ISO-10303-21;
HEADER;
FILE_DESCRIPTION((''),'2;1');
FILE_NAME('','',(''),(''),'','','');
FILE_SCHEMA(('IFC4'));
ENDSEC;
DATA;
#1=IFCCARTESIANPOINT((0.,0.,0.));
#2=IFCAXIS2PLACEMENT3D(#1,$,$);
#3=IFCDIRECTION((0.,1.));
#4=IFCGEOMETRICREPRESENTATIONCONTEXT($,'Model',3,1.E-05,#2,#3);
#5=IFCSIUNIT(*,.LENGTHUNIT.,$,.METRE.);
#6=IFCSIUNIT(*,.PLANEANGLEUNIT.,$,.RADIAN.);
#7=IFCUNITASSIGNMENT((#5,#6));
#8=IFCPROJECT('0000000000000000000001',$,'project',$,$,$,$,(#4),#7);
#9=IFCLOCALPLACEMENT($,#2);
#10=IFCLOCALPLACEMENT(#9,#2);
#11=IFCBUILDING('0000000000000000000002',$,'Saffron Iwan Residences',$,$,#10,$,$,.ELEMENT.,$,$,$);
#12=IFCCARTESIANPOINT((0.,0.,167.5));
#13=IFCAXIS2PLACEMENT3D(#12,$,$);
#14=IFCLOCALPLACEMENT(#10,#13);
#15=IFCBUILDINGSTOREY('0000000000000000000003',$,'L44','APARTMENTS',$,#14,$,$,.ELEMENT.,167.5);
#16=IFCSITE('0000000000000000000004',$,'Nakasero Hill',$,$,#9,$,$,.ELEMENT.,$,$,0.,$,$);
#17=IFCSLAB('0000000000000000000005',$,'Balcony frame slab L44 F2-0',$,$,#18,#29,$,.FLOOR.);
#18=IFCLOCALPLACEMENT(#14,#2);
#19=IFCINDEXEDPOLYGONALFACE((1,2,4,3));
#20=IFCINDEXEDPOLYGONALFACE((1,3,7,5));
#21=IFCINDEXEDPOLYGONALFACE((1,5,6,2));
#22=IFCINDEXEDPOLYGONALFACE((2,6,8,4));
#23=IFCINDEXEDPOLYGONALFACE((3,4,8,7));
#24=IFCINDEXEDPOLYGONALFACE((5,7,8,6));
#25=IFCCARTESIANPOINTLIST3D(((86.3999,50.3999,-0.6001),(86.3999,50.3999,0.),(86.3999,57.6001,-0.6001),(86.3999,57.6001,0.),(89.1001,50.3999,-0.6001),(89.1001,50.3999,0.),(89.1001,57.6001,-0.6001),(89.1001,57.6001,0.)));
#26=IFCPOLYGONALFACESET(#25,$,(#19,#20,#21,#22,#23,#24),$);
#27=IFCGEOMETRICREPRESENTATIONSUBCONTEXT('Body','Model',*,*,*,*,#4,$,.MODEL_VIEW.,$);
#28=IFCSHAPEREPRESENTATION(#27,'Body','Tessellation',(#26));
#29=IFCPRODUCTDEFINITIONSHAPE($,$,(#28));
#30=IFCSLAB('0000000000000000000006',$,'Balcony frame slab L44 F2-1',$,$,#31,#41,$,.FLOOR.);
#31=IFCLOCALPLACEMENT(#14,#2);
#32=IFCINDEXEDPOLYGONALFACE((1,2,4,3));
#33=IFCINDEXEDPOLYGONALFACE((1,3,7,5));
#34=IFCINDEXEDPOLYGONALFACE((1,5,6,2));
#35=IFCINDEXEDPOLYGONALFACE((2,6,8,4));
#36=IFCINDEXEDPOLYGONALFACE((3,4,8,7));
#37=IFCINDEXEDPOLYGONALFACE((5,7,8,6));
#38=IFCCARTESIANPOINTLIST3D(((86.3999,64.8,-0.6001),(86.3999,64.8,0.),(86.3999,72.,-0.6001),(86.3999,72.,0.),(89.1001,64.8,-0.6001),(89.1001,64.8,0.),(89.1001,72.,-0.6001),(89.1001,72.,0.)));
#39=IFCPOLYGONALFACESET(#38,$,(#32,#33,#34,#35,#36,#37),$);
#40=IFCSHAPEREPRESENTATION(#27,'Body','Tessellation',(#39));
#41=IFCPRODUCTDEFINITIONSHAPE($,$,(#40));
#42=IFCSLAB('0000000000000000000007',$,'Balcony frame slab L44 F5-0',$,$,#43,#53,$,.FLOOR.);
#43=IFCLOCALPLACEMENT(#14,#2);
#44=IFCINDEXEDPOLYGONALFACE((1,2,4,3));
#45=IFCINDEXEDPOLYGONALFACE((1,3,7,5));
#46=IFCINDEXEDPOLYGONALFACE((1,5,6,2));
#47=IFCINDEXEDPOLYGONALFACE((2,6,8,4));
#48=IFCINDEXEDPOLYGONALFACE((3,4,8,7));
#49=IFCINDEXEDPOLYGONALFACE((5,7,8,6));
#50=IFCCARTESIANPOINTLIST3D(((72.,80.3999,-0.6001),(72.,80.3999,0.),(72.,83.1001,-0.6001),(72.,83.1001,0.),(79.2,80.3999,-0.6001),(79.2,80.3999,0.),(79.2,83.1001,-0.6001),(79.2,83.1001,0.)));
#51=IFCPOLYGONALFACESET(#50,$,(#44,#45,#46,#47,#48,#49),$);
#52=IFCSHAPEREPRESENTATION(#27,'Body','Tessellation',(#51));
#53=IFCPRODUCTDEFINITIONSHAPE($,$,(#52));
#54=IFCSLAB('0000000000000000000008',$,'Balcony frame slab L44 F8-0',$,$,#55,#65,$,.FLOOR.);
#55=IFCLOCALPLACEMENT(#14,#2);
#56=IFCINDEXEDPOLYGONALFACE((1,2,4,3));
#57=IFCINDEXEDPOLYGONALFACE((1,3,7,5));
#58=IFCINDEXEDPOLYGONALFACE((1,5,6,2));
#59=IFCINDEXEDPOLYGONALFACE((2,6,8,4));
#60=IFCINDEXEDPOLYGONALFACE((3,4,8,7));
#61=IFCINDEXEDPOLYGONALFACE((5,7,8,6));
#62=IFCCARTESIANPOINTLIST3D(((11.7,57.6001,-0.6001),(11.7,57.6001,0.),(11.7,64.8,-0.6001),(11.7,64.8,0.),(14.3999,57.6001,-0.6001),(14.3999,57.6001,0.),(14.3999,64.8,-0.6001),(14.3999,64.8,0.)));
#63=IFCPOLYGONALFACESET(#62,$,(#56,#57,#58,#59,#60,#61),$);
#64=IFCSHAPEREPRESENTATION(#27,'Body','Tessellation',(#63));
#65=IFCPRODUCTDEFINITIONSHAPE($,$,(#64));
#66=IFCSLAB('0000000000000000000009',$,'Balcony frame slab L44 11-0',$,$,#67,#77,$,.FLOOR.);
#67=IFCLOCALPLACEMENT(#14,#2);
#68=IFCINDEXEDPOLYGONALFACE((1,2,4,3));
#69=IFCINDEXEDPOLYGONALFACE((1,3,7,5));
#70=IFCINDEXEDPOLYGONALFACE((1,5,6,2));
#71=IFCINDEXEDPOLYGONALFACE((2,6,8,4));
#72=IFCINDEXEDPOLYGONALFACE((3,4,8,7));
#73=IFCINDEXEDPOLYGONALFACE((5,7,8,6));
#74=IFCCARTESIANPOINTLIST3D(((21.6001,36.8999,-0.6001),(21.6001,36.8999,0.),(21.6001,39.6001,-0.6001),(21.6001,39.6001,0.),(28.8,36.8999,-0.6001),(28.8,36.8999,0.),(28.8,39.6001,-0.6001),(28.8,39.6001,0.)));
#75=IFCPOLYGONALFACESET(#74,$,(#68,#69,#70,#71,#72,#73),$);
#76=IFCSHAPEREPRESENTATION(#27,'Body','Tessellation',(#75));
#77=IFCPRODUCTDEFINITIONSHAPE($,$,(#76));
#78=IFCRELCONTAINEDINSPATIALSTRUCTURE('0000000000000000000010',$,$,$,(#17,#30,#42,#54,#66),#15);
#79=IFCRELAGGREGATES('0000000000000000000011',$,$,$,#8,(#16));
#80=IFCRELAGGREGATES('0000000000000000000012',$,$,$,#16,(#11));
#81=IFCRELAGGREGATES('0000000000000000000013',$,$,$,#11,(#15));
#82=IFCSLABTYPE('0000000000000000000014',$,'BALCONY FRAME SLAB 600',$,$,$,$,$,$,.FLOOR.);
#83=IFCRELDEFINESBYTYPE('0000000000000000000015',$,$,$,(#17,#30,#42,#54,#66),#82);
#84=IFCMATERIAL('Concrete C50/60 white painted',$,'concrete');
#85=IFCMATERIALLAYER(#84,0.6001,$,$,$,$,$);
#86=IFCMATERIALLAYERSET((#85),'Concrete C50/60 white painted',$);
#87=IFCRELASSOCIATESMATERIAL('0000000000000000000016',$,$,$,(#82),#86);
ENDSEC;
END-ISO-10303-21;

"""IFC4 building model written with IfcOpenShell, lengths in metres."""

from ifc_helpers import new_model, si_unit, direction, frame, origin, place, context, subcontext, project, spatial, polyline, outline, extrude, material, layer, layer_set, type_object, element, save


model = new_model("IFC4")

# Units and contexts
model_context = context("Model", 3, precision=1e-05, world=origin(), true_north=direction((0.0, 1.0)))
body_context = subcontext(model_context, "Body", "Model", "MODEL_VIEW")
ifc_project = project(units=[si_unit("LENGTHUNIT", "METRE"), si_unit("PLANEANGLEUNIT", "RADIAN")], contexts=[model_context])

# Site, building, storey
site_placement = place(None, origin())
site = spatial("IfcSite", under=ifc_project, at=site_placement, Name="Nakasero Hill", CompositionType="ELEMENT", RefElevation=0.0)
building_placement = place(site_placement, origin())
building = spatial("IfcBuilding", under=site, at=building_placement, Name="Saffron Iwan Residences", CompositionType="ELEMENT")
storey_placement = place(building_placement, frame((0.0, 0.0, 167.5)))
storey = spatial("IfcBuildingStorey", under=building, at=storey_placement, Name="L44", Description="APARTMENTS", CompositionType="ELEMENT", Elevation=167.5)

# Slabs
ifc_material_1 = material(Name="Concrete C50/60 white painted", Category="concrete")
ifc_layer_1 = layer(ifc_material_1, 0.6001)
ifc_layer_set_1 = layer_set([ifc_layer_1], Name="Concrete C50/60 white painted")
slab_type_1 = type_object("IfcSlabType", Name="BALCONY FRAME SLAB 600", PredefinedType="FLOOR", material=ifc_layer_set_1)
slab_1_placement = place(storey_placement, frame((0.0, 0.0, -0.6001)))
element("IfcSlab", 1, at=slab_1_placement, inside=storey, type_object=slab_type_1, Name="Balcony frame slab L44 F2-0", PredefinedType="FLOOR", context=body_context, shape_type="SweptSolid", body=[
    extrude(outline(polyline([(89.1001, 50.3999), (89.1001, 57.6001), (86.3999, 57.6001), (86.3999, 50.3999), (89.1001, 50.3999)])), origin(), (0.0, 0.0, 1.0), 0.6001),
])
slab_2_placement = place(storey_placement, frame((0.0, 0.0, -0.6001)))
element("IfcSlab", 2, at=slab_2_placement, inside=storey, type_object=slab_type_1, Name="Balcony frame slab L44 F2-1", PredefinedType="FLOOR", context=body_context, shape_type="SweptSolid", body=[
    extrude(outline(polyline([(89.1001, 64.8), (89.1001, 72.0), (86.3999, 72.0), (86.3999, 64.8), (89.1001, 64.8)])), origin(), (0.0, 0.0, 1.0), 0.6001),
])
slab_3_placement = place(storey_placement, frame((0.0, 0.0, -0.6001)))
element("IfcSlab", 3, at=slab_3_placement, inside=storey, type_object=slab_type_1, Name="Balcony frame slab L44 F5-0", PredefinedType="FLOOR", context=body_context, shape_type="SweptSolid", body=[
    extrude(outline(polyline([(79.2, 83.1001), (72.0, 83.1001), (72.0, 80.3999), (79.2, 80.3999), (79.2, 83.1001)])), origin(), (0.0, 0.0, 1.0), 0.6001),
])
slab_4_placement = place(storey_placement, frame((0.0, 0.0, -0.6001)))
element("IfcSlab", 4, at=slab_4_placement, inside=storey, type_object=slab_type_1, Name="Balcony frame slab L44 F8-0", PredefinedType="FLOOR", context=body_context, shape_type="SweptSolid", body=[
    extrude(outline(polyline([(11.7, 64.8), (11.7, 57.6001), (14.3999, 57.6001), (14.3999, 64.8), (11.7, 64.8)])), origin(), (0.0, 0.0, 1.0), 0.6001),
])
slab_5_placement = place(storey_placement, frame((0.0, 0.0, -0.6001)))
element("IfcSlab", 5, at=slab_5_placement, inside=storey, type_object=slab_type_1, Name="Balcony frame slab L44 11-0", PredefinedType="FLOOR", context=body_context, shape_type="SweptSolid", body=[
    extrude(outline(polyline([(21.6001, 36.8999), (28.8, 36.8999), (28.8, 39.6001), (21.6001, 39.6001), (21.6001, 36.8999)])), origin(), (0.0, 0.0, 1.0), 0.6001),
])

save(model, "model.ifc")
